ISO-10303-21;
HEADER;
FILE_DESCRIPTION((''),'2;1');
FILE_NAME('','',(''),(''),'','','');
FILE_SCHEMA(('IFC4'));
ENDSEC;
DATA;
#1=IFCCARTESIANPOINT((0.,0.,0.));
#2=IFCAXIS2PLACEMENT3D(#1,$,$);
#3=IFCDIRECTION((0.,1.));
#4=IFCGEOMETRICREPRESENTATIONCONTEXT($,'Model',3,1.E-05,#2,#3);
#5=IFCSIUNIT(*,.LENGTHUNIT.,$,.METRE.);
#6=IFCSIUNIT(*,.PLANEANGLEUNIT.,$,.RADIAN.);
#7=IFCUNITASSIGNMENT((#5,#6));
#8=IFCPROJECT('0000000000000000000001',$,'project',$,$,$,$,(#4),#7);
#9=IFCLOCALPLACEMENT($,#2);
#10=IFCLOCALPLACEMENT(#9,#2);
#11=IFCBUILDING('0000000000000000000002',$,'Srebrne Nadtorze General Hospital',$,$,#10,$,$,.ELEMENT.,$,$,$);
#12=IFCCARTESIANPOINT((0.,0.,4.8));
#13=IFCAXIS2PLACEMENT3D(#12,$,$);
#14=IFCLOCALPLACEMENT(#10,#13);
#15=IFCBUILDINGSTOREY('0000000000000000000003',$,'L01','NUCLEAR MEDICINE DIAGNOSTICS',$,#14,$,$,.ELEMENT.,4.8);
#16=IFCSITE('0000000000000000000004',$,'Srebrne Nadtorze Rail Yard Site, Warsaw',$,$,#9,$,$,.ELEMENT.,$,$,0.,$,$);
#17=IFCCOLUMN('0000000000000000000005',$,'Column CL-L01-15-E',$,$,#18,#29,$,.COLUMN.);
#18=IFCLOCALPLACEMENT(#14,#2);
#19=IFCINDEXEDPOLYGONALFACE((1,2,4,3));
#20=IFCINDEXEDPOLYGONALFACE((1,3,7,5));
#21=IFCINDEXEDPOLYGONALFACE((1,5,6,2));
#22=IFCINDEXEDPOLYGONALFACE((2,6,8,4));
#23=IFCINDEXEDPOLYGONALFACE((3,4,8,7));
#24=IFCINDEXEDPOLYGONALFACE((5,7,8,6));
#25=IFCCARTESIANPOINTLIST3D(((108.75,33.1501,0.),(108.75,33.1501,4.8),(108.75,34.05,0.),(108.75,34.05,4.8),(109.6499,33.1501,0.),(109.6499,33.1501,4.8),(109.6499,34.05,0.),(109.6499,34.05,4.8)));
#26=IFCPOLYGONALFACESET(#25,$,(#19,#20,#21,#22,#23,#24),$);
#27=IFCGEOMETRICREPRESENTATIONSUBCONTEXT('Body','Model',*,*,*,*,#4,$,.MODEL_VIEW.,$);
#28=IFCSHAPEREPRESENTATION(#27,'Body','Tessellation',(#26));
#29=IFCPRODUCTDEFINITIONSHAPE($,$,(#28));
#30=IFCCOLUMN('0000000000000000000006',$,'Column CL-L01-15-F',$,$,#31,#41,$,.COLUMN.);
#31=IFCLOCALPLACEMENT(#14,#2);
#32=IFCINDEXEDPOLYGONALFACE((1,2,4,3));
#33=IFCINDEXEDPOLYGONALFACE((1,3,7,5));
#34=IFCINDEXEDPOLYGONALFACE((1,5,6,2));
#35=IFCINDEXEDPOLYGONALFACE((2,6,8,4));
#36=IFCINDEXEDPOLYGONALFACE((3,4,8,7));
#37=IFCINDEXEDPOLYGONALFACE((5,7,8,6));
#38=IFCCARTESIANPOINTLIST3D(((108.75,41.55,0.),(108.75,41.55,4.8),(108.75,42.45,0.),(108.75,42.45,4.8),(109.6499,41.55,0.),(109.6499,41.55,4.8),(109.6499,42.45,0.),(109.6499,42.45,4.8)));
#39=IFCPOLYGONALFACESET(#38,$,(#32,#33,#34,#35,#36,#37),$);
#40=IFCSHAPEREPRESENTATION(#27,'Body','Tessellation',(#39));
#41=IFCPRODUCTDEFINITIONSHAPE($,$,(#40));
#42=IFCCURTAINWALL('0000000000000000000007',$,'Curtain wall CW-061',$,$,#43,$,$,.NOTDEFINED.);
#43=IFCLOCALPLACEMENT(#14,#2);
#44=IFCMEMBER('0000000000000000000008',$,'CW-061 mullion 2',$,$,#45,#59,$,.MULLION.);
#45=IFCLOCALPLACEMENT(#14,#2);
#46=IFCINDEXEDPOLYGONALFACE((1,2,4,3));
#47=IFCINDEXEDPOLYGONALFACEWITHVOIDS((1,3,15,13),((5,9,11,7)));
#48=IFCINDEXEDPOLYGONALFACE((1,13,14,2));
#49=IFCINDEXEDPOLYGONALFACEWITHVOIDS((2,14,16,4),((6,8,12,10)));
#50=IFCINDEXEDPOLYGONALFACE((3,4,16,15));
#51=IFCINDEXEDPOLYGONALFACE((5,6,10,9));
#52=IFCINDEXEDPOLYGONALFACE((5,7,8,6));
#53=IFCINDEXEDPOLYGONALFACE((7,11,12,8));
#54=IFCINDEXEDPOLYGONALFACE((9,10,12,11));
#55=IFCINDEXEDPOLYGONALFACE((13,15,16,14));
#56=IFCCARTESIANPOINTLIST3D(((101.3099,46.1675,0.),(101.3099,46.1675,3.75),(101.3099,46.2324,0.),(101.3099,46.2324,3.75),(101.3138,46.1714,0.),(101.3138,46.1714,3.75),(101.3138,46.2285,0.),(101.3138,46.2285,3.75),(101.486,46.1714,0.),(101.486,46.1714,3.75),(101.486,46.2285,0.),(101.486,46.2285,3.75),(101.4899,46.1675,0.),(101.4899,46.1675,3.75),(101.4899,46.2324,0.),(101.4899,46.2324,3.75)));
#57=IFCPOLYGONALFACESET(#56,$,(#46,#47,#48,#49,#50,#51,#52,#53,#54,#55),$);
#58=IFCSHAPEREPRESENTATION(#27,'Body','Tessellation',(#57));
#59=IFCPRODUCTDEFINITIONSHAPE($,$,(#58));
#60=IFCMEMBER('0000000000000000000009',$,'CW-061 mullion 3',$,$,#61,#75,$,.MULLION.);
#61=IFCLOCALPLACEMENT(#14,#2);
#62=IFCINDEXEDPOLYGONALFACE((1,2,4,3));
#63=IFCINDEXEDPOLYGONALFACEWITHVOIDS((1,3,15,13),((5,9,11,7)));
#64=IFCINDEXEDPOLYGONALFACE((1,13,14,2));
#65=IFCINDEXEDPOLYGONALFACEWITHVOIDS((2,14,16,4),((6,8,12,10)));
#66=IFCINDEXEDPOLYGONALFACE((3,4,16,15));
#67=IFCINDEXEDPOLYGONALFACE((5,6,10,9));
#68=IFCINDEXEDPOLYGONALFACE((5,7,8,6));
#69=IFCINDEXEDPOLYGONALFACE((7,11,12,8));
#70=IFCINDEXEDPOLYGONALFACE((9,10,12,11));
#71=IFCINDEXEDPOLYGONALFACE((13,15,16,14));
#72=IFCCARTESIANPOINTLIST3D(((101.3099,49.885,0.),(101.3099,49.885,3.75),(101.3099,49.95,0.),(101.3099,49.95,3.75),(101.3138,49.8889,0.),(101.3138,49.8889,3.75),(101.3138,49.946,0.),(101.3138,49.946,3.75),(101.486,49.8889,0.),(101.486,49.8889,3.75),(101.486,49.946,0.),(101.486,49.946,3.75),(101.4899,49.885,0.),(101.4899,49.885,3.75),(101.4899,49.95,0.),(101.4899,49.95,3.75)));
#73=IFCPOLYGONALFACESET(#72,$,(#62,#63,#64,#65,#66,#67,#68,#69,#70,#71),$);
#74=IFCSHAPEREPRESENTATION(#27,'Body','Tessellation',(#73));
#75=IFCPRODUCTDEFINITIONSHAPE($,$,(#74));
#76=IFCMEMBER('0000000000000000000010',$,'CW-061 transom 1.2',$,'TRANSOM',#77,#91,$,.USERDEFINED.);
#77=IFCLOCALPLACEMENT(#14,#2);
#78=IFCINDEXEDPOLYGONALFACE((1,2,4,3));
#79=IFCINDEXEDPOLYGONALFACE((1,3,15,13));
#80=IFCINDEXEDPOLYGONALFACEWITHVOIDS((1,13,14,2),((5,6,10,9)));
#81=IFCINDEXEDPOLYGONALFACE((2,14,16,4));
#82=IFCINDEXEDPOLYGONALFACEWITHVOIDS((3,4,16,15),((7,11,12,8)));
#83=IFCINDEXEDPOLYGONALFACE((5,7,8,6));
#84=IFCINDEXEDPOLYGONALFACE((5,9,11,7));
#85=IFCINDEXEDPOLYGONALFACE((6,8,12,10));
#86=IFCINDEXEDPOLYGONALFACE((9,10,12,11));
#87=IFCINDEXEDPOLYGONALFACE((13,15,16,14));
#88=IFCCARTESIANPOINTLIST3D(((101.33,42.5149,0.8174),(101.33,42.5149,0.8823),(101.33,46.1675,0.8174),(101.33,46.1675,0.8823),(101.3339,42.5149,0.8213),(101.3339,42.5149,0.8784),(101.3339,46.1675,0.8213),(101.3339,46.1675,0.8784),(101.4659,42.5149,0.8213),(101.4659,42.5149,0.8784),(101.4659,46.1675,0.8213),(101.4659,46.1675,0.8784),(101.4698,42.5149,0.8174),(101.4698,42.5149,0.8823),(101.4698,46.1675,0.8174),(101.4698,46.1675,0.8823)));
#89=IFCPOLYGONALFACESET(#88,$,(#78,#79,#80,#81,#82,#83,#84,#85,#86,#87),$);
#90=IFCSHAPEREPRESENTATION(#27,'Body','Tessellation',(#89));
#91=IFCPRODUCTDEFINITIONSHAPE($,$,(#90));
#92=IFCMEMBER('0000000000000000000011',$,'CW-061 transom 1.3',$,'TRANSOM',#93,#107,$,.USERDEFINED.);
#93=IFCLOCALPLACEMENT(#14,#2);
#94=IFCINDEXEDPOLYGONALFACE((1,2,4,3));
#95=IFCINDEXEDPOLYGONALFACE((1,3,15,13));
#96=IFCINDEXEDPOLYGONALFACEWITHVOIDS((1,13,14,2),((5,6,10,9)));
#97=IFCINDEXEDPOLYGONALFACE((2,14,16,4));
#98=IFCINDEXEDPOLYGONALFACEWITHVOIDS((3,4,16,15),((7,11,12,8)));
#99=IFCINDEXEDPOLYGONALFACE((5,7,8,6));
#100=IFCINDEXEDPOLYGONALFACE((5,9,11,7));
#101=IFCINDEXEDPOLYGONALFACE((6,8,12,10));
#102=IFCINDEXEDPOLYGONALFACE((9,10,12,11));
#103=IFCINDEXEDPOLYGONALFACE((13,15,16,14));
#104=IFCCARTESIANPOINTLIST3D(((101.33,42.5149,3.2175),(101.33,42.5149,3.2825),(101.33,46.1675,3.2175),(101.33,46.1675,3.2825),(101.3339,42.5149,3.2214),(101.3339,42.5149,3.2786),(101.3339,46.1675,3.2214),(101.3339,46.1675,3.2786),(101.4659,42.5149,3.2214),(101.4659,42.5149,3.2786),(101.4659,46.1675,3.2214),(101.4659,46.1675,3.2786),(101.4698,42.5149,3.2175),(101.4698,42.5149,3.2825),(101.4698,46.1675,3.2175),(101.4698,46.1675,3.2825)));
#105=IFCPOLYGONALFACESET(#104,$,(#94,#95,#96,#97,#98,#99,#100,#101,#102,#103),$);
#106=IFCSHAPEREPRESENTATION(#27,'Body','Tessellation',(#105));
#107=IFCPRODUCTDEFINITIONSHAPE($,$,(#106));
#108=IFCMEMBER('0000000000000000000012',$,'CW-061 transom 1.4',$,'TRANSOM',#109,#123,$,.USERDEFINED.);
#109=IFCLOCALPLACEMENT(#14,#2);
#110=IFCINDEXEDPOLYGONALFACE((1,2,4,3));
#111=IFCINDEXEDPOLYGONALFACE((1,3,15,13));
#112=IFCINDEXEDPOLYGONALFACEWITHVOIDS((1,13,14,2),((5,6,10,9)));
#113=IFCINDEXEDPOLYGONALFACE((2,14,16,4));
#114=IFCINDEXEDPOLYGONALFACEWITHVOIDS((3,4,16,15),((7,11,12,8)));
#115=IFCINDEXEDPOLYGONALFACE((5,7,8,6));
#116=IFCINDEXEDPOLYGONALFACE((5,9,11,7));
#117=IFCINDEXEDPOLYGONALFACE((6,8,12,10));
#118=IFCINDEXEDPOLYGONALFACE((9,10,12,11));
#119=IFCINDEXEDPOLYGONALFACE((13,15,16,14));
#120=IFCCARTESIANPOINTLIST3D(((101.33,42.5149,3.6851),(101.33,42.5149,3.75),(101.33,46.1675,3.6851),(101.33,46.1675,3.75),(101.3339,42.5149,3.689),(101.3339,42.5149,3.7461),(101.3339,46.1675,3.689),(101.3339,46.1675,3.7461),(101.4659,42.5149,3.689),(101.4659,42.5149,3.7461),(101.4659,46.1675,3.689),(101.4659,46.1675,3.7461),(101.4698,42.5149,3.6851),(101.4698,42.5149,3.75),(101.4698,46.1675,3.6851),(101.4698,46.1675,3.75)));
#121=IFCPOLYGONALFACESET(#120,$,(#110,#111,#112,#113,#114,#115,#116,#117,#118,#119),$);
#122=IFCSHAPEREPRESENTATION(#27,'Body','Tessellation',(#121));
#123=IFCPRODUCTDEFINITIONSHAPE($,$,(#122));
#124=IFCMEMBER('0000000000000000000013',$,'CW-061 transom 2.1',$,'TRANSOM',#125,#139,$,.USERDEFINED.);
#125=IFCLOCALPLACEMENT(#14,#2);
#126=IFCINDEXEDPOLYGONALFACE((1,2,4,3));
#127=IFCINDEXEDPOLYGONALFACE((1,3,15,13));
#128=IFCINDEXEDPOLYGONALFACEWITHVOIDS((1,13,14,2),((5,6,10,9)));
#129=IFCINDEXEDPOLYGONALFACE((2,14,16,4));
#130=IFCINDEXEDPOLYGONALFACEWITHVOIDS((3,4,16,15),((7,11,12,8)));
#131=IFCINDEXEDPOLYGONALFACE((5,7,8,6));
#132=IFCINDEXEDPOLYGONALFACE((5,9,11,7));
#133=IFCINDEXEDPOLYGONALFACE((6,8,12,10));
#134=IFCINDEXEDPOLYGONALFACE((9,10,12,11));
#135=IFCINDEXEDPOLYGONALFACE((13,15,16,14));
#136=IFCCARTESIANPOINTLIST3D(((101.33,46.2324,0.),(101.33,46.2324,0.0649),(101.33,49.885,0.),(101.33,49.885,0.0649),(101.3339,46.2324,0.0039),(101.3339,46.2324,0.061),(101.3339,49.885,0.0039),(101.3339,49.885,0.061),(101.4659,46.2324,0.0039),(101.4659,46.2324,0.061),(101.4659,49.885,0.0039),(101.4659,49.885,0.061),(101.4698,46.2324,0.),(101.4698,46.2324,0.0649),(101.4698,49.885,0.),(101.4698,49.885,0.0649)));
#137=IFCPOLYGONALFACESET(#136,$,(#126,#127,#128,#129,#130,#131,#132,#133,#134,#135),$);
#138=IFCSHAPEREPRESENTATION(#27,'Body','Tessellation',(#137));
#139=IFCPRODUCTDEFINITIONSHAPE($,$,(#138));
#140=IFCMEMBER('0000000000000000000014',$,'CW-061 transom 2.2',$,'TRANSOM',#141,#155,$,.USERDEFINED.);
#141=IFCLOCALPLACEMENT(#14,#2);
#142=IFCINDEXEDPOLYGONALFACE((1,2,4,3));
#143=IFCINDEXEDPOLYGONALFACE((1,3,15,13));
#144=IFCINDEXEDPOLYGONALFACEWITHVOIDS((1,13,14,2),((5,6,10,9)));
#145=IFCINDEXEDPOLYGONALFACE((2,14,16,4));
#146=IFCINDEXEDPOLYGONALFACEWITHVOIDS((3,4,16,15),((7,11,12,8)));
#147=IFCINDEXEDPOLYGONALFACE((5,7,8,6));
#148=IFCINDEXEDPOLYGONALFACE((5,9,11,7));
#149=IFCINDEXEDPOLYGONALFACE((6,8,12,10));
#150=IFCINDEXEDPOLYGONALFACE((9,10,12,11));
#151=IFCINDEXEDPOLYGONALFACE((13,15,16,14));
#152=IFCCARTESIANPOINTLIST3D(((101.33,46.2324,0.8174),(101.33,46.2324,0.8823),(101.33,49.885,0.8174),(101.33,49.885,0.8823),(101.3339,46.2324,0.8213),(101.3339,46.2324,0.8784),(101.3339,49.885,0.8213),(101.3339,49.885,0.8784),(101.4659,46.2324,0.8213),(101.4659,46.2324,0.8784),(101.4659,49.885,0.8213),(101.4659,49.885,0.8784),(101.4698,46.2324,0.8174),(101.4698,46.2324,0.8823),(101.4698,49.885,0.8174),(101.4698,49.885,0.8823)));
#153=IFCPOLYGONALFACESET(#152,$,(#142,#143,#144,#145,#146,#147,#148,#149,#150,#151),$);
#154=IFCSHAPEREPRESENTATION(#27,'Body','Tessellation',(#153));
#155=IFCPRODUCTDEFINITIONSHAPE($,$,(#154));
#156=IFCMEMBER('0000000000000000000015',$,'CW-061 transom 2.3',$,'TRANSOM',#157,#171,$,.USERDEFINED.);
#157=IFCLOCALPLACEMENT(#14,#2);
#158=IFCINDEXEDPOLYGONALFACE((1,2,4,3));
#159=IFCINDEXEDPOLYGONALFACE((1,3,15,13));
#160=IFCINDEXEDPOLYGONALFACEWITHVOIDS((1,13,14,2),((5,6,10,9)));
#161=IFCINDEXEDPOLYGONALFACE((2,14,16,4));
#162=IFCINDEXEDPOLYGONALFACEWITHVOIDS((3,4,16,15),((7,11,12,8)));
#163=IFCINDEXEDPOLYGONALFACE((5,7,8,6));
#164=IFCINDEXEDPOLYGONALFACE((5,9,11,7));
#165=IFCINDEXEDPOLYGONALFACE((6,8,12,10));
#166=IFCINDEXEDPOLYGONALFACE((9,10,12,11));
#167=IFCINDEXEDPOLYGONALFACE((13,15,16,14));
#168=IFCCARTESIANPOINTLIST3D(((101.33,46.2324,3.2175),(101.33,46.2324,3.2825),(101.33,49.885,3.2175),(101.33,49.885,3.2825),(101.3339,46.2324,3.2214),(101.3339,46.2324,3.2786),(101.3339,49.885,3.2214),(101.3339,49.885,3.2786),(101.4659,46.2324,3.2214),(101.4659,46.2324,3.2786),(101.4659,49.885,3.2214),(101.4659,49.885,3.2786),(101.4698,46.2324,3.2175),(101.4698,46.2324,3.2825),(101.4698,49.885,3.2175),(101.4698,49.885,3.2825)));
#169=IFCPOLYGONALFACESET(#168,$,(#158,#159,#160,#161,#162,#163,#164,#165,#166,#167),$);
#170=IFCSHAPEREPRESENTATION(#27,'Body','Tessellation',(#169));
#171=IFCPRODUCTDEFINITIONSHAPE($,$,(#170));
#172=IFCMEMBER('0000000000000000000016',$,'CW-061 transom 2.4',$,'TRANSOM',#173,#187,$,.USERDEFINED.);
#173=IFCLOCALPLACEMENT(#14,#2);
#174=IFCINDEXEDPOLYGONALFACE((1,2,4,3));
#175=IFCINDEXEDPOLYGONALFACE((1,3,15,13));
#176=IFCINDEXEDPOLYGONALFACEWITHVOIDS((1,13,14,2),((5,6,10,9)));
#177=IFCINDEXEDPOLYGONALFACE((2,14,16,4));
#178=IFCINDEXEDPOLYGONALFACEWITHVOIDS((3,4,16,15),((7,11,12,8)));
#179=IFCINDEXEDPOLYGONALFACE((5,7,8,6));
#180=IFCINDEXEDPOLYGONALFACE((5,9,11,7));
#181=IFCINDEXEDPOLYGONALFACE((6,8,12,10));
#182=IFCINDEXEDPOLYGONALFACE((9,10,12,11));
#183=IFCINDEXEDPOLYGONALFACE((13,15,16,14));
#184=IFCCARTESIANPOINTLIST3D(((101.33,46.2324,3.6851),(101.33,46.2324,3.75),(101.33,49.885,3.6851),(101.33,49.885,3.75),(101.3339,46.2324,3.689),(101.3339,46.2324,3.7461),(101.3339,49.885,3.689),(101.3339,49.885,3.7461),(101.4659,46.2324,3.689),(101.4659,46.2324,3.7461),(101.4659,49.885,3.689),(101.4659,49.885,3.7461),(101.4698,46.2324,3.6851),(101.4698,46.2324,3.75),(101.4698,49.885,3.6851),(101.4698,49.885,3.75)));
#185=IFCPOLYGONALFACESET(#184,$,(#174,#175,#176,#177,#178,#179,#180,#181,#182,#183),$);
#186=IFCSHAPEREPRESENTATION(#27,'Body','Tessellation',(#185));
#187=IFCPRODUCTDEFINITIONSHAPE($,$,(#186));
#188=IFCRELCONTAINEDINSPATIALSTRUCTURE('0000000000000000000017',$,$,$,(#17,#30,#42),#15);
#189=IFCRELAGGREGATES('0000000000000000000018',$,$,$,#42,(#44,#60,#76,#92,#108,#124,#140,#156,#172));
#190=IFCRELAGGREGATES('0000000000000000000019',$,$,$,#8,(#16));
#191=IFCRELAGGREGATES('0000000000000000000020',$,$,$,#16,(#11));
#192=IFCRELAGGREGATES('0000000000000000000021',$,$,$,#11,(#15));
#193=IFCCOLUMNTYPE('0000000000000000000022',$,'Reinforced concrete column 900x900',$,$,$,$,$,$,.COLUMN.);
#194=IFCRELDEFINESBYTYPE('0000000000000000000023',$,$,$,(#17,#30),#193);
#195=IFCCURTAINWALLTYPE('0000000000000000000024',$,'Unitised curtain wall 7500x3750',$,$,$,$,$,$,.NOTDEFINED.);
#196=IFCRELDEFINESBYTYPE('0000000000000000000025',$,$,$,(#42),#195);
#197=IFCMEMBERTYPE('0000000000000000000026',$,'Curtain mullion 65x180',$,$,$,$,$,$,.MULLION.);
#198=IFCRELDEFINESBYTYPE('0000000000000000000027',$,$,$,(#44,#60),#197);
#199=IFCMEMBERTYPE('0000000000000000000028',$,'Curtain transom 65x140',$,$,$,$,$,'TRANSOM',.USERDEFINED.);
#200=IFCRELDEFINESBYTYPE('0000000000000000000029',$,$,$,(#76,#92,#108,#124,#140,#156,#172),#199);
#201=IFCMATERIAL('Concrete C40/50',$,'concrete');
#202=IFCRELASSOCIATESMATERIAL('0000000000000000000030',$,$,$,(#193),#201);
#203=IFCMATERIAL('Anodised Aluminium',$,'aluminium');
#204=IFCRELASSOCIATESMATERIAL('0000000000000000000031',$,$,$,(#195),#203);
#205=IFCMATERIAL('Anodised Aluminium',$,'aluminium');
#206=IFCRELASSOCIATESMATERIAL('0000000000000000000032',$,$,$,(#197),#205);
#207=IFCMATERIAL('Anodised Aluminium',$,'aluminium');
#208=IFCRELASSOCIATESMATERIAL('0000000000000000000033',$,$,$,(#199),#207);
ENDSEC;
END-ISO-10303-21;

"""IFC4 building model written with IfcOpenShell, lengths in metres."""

from ifc_helpers import new_model, si_unit, direction, frame, origin, origin_2d, place, context, subcontext, project, spatial, rectangle, hollow_rectangle, extrude, material, material_profile, profile_set, type_object, element, aggregate, save


model = new_model("IFC4")

# Units and contexts
model_context = context("Model", 3, precision=1e-05, world=origin(), true_north=direction((0.0, 1.0)))
body_context = subcontext(model_context, "Body", "Model", "MODEL_VIEW")
ifc_project = project(units=[si_unit("LENGTHUNIT", "METRE"), si_unit("PLANEANGLEUNIT", "RADIAN")], contexts=[model_context])

# Site, building, storey
site_placement = place(None, origin())
site = spatial("IfcSite", under=ifc_project, at=site_placement, Name="Srebrne Nadtorze Rail Yard Site, Warsaw", CompositionType="ELEMENT", RefElevation=0.0)
building_placement = place(site_placement, origin())
building = spatial("IfcBuilding", under=site, at=building_placement, Name="Srebrne Nadtorze General Hospital", CompositionType="ELEMENT")
storey_placement = place(building_placement, frame((0.0, 0.0, 4.8)))
storey = spatial("IfcBuildingStorey", under=building, at=storey_placement, Name="L01", Description="NUCLEAR MEDICINE DIAGNOSTICS", CompositionType="ELEMENT", Elevation=4.8)

# Columns
ifc_material_1 = material(Name="Concrete C40/50", Category="concrete")
ifc_material_profile_1 = material_profile(ifc_material_1, rectangle(XDim=0.8999, YDim=0.8999, at=origin_2d()), Name="RC-COL-900x900")
ifc_profile_set_1 = profile_set([ifc_material_profile_1], Name="Concrete C40/50")
column_type = type_object("IfcColumnType", Name="Reinforced concrete column 900x900", PredefinedType="COLUMN", material=ifc_profile_set_1)
for number, where, z_axis, x_axis, name in (
    (1, (109.2, 33.6001, 0.0), (0.0, 0.0, 1.0), (1.0, 0.0, 0.0), "Column CL-L01-15-E"),
    (2, (109.2, 42.0, 0.0), (0.0, 0.0, 1.0), (1.0, 0.0, 0.0), "Column CL-L01-15-F"),
):
    element("IfcColumn", number, at=place(storey_placement, frame(where, z_axis=z_axis, x_axis=x_axis)), inside=storey, type_object=column_type, Name=name, PredefinedType="COLUMN", context=body_context, shape_type="SweptSolid", body=[
        extrude(rectangle(XDim=0.8999, YDim=0.8999, at=origin_2d()), origin(), (0.0, 0.0, 1.0), 4.8),
    ])

# Curtain wall, members
ifc_material_2 = material(Name="Anodised Aluminium", Category="aluminium")
curtain_wall_type = type_object("IfcCurtainWallType", Name="Unitised curtain wall 7500x3750", PredefinedType="NOTDEFINED", material=ifc_material_2)
curtain_wall_placement = place(storey_placement, origin())
curtain_wall = element("IfcCurtainWall", 3, at=curtain_wall_placement, inside=storey, type_object=curtain_wall_type, Name="Curtain wall CW-061", PredefinedType="NOTDEFINED")
ifc_material_3 = material(Name="Anodised Aluminium", Category="aluminium")
ifc_material_profile_2 = material_profile(ifc_material_3, hollow_rectangle(XDim=0.0649, YDim=0.1799, WallThickness=0.0039, at=origin_2d()), Name="AL-MUL-65x180")
ifc_profile_set_2 = profile_set([ifc_material_profile_2], Name="Anodised Aluminium")
member_type_1 = type_object("IfcMemberType", Name="Curtain mullion 65x180", PredefinedType="MULLION", material=ifc_profile_set_2)
member_1_placement = place(storey_placement, frame((101.3999, 46.2, 0.0), z_axis=(0.0, 0.0, 1.0), x_axis=(0.0, 1.0, 0.0)))
member_1 = element("IfcMember", 4, at=member_1_placement, type_object=member_type_1, Name="CW-061 mullion 2", PredefinedType="MULLION", context=body_context, shape_type="SweptSolid", body=[
    extrude(hollow_rectangle(XDim=0.0649, YDim=0.1799, WallThickness=0.0039, at=origin_2d()), origin(), (0.0, 0.0, 1.0), 3.75),
])
member_2_placement = place(storey_placement, frame((101.3999, 49.9175, 0.0), z_axis=(0.0, 0.0, 1.0), x_axis=(0.0, 1.0, 0.0)))
member_2 = element("IfcMember", 5, at=member_2_placement, type_object=member_type_1, Name="CW-061 mullion 3", PredefinedType="MULLION", context=body_context, shape_type="SweptSolid", body=[
    extrude(hollow_rectangle(XDim=0.0649, YDim=0.1799, WallThickness=0.0039, at=origin_2d()), origin(), (0.0, 0.0, 1.0), 3.75),
])
ifc_material_4 = material(Name="Anodised Aluminium", Category="aluminium")
ifc_material_profile_3 = material_profile(ifc_material_4, hollow_rectangle(XDim=0.0649, YDim=0.1399, WallThickness=0.0039, at=origin_2d()), Name="AL-TRN-65x140")
ifc_profile_set_3 = profile_set([ifc_material_profile_3], Name="Anodised Aluminium")
member_type_2 = type_object("IfcMemberType", Name="Curtain transom 65x140", ElementType="TRANSOM", PredefinedType="USERDEFINED", material=ifc_profile_set_3)
member_3_placement = place(storey_placement, frame((101.3999, 42.5149, 0.8499), z_axis=(0.0, 1.0, 0.0), x_axis=(0.0, 0.0, 1.0)))
member_3 = element("IfcMember", 6, at=member_3_placement, type_object=member_type_2, Name="CW-061 transom 1.2", ObjectType="TRANSOM", PredefinedType="USERDEFINED", context=body_context, shape_type="SweptSolid", body=[
    extrude(hollow_rectangle(XDim=0.0649, YDim=0.1399, WallThickness=0.0039, at=origin_2d()), origin(), (0.0, 0.0, 1.0), 3.6526),
])
member_4_placement = place(storey_placement, frame((101.3999, 42.5149, 3.25), z_axis=(0.0, 1.0, 0.0), x_axis=(0.0, 0.0, 1.0)))
member_4 = element("IfcMember", 7, at=member_4_placement, type_object=member_type_2, Name="CW-061 transom 1.3", ObjectType="TRANSOM", PredefinedType="USERDEFINED", context=body_context, shape_type="SweptSolid", body=[
    extrude(hollow_rectangle(XDim=0.0649, YDim=0.1399, WallThickness=0.0039, at=origin_2d()), origin(), (0.0, 0.0, 1.0), 3.6526),
])
member_5_placement = place(storey_placement, frame((101.3999, 42.5149, 3.7175), z_axis=(0.0, 1.0, 0.0), x_axis=(0.0, 0.0, 1.0)))
member_5 = element("IfcMember", 8, at=member_5_placement, type_object=member_type_2, Name="CW-061 transom 1.4", ObjectType="TRANSOM", PredefinedType="USERDEFINED", context=body_context, shape_type="SweptSolid", body=[
    extrude(hollow_rectangle(XDim=0.0649, YDim=0.1399, WallThickness=0.0039, at=origin_2d()), origin(), (0.0, 0.0, 1.0), 3.6526),
])
member_6_placement = place(storey_placement, frame((101.3999, 46.2324, 0.0325), z_axis=(0.0, 1.0, 0.0), x_axis=(0.0, 0.0, 1.0)))
member_6 = element("IfcMember", 9, at=member_6_placement, type_object=member_type_2, Name="CW-061 transom 2.1", ObjectType="TRANSOM", PredefinedType="USERDEFINED", context=body_context, shape_type="SweptSolid", body=[
    extrude(hollow_rectangle(XDim=0.0649, YDim=0.1399, WallThickness=0.0039, at=origin_2d()), origin(), (0.0, 0.0, 1.0), 3.6526),
])
member_7_placement = place(storey_placement, frame((101.3999, 46.2324, 0.8499), z_axis=(0.0, 1.0, 0.0), x_axis=(0.0, 0.0, 1.0)))
member_7 = element("IfcMember", 10, at=member_7_placement, type_object=member_type_2, Name="CW-061 transom 2.2", ObjectType="TRANSOM", PredefinedType="USERDEFINED", context=body_context, shape_type="SweptSolid", body=[
    extrude(hollow_rectangle(XDim=0.0649, YDim=0.1399, WallThickness=0.0039, at=origin_2d()), origin(), (0.0, 0.0, 1.0), 3.6526),
])
member_8_placement = place(storey_placement, frame((101.3999, 46.2324, 3.25), z_axis=(0.0, 1.0, 0.0), x_axis=(0.0, 0.0, 1.0)))
member_8 = element("IfcMember", 11, at=member_8_placement, type_object=member_type_2, Name="CW-061 transom 2.3", ObjectType="TRANSOM", PredefinedType="USERDEFINED", context=body_context, shape_type="SweptSolid", body=[
    extrude(hollow_rectangle(XDim=0.0649, YDim=0.1399, WallThickness=0.0039, at=origin_2d()), origin(), (0.0, 0.0, 1.0), 3.6526),
])
member_9_placement = place(storey_placement, frame((101.3999, 46.2324, 3.7175), z_axis=(0.0, 1.0, 0.0), x_axis=(0.0, 0.0, 1.0)))
member_9 = element("IfcMember", 12, at=member_9_placement, type_object=member_type_2, Name="CW-061 transom 2.4", ObjectType="TRANSOM", PredefinedType="USERDEFINED", context=body_context, shape_type="SweptSolid", body=[
    extrude(hollow_rectangle(XDim=0.0649, YDim=0.1399, WallThickness=0.0039, at=origin_2d()), origin(), (0.0, 0.0, 1.0), 3.6526),
])
aggregate(curtain_wall, [member_1, member_2, member_3, member_4, member_5, member_6, member_7, member_8, member_9])

save(model, "model.ifc")
